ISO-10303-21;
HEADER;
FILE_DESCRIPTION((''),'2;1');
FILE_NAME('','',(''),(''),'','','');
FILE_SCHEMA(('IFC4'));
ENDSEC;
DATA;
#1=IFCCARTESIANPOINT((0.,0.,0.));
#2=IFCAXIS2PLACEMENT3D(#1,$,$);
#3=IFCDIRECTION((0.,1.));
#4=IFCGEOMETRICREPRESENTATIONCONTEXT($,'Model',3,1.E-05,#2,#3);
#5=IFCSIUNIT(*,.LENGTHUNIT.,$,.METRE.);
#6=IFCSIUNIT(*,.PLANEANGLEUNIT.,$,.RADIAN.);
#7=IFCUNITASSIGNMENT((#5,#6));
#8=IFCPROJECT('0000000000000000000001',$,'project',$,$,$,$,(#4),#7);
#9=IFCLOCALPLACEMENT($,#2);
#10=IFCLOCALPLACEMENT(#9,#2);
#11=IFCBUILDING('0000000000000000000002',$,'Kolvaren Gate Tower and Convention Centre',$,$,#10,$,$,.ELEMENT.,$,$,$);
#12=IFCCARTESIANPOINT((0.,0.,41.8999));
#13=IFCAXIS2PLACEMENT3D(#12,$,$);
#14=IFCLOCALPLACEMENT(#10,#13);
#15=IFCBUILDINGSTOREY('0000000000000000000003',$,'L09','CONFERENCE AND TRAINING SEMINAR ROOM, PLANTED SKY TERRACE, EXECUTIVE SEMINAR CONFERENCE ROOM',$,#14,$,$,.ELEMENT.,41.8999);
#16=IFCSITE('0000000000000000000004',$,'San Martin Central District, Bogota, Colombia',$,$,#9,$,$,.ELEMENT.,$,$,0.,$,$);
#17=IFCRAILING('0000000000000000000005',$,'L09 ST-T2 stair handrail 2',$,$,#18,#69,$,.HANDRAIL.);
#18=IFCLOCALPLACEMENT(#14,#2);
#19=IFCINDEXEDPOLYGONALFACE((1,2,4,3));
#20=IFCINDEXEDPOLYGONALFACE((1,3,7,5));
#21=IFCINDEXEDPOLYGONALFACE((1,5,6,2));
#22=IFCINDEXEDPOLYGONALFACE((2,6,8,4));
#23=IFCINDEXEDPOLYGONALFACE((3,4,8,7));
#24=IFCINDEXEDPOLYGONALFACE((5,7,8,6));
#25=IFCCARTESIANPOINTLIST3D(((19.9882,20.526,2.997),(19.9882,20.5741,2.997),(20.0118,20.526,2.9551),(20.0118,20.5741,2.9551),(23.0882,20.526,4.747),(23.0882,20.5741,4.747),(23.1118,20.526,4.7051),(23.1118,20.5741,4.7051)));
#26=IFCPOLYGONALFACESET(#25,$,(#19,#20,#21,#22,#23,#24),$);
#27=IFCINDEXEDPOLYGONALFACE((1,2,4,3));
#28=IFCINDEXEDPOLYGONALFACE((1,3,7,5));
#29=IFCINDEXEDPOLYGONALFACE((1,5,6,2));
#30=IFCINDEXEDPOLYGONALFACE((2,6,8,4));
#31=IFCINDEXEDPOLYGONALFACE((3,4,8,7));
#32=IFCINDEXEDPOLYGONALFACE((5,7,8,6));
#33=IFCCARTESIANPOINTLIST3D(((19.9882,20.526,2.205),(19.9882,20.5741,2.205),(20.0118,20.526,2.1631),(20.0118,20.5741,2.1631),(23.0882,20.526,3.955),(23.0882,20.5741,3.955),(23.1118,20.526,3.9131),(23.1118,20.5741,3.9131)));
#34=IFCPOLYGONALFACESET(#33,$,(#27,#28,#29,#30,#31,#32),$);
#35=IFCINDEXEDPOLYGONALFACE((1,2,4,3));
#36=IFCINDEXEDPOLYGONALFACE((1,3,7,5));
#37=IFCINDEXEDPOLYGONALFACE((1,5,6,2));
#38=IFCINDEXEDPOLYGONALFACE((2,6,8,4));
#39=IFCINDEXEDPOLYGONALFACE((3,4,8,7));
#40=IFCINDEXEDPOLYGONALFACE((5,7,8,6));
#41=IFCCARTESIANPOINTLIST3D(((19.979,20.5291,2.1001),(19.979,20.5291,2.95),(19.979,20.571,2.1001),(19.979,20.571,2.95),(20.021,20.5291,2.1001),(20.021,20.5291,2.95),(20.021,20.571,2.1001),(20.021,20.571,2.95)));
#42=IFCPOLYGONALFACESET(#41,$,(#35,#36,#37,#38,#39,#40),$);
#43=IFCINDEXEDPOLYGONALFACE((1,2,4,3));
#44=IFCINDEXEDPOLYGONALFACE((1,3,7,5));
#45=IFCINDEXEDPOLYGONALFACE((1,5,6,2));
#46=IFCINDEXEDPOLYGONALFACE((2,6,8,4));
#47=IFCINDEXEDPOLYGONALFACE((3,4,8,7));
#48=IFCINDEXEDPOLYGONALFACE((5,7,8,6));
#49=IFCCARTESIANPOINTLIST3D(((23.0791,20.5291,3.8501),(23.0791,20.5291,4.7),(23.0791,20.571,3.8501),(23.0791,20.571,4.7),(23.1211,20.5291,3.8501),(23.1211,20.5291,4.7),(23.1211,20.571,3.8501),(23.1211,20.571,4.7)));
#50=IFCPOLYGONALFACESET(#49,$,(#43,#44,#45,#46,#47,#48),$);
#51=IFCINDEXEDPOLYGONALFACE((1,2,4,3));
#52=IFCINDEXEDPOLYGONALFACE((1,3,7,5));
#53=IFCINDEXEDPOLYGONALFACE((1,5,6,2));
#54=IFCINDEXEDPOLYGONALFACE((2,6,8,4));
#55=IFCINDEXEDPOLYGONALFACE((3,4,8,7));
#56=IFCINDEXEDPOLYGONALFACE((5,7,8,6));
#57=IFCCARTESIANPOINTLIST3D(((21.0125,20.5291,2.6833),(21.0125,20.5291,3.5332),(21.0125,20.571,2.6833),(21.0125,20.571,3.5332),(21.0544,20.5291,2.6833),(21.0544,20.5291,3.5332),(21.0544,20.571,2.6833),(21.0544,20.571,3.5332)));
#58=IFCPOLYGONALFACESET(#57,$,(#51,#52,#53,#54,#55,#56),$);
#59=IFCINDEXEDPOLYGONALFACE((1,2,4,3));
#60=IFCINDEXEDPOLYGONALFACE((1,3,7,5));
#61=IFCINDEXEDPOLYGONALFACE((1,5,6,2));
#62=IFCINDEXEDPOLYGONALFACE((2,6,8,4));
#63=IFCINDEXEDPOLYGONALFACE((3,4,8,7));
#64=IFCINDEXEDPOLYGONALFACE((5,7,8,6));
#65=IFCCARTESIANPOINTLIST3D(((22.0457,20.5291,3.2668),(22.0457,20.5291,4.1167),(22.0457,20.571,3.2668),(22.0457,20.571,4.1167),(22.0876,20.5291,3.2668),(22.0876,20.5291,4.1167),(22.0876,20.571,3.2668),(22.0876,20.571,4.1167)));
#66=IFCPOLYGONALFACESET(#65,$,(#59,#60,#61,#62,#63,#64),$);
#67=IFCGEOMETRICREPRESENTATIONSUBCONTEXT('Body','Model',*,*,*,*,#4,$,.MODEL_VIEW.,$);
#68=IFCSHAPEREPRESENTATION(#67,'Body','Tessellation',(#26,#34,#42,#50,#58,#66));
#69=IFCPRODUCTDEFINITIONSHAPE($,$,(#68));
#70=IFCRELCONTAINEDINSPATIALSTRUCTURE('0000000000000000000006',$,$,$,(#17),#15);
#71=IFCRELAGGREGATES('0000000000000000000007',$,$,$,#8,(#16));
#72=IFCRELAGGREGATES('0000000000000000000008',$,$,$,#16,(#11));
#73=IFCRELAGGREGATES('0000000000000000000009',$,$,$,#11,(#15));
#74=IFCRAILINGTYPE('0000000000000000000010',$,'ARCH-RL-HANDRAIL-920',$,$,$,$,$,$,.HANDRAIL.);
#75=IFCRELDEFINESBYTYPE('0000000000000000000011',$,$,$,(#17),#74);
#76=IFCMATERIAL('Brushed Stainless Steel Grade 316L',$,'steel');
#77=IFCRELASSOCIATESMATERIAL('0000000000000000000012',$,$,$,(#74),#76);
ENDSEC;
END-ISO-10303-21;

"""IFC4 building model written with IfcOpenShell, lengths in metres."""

from ifc_helpers import new_model, si_unit, direction, frame, origin, origin_2d, place, context, subcontext, project, spatial, rectangle, extrude, material, type_object, element, save


model = new_model("IFC4")

# Units and contexts
model_context = context("Model", 3, precision=1e-05, world=origin(), true_north=direction((0.0, 1.0)))
body_context = subcontext(model_context, "Body", "Model", "MODEL_VIEW")
ifc_project = project(units=[si_unit("LENGTHUNIT", "METRE"), si_unit("PLANEANGLEUNIT", "RADIAN")], contexts=[model_context])

# Site, building, storey
site_placement = place(None, origin())
site = spatial("IfcSite", under=ifc_project, at=site_placement, Name="San Martin Central District, Bogota, Colombia", CompositionType="ELEMENT", RefElevation=0.0)
building_placement = place(site_placement, origin())
building = spatial("IfcBuilding", under=site, at=building_placement, Name="Kolvaren Gate Tower and Convention Centre", CompositionType="ELEMENT")
storey_placement = place(building_placement, frame((0.0, 0.0, 41.8999)))
storey = spatial("IfcBuildingStorey", under=building, at=storey_placement, Name="L09", Description="CONFERENCE AND TRAINING SEMINAR ROOM, PLANTED SKY TERRACE, EXECUTIVE SEMINAR CONFERENCE ROOM", CompositionType="ELEMENT", Elevation=41.8999)

# Shared definitions
ifc_material_1 = material(Name="Brushed Stainless Steel Grade 316L", Category="steel")

# Railing
railing_type_1 = type_object("IfcRailingType", Name="ARCH-RL-HANDRAIL-920", PredefinedType="HANDRAIL", material=ifc_material_1)
railing_1_placement = place(storey_placement, frame((20.0, 20.55, 2.1001)))
element("IfcRailing", 1, at=railing_1_placement, inside=storey, type_object=railing_type_1, Name="L09 ST-T2 stair handrail 2", PredefinedType="HANDRAIL", context=body_context, shape_type="SweptSolid", body=[
    extrude(rectangle(XDim=0.0481, YDim=0.0481, at=origin_2d()), frame((0.0, 0.0, 0.876), z_axis=(0.870831, 0.0, 0.491583), x_axis=(0.0, 1.0, 0.0)), (0.0, 0.0, 1.0), 3.5598),
    extrude(rectangle(XDim=0.0481, YDim=0.0481, at=origin_2d()), frame((0.0, 0.0, 0.084), z_axis=(0.870831, 0.0, 0.491583), x_axis=(0.0, 1.0, 0.0)), (0.0, 0.0, 1.0), 3.5598),
    extrude(rectangle(XDim=0.042, YDim=0.042, at=origin_2d()), origin(), (0.0, 0.0, 1.0), 0.8499),
    extrude(rectangle(XDim=0.042, YDim=0.042, at=origin_2d()), frame((3.1001, 0.0, 1.75)), (0.0, 0.0, 1.0), 0.8499),
    extrude(rectangle(XDim=0.042, YDim=0.042, at=origin_2d()), frame((1.0334, 0.0, 0.5833)), (0.0, 0.0, 1.0), 0.8499),
    extrude(rectangle(XDim=0.042, YDim=0.042, at=origin_2d()), frame((2.0667, 0.0, 1.1667)), (0.0, 0.0, 1.0), 0.8499),
])

save(model, "model.ifc")
